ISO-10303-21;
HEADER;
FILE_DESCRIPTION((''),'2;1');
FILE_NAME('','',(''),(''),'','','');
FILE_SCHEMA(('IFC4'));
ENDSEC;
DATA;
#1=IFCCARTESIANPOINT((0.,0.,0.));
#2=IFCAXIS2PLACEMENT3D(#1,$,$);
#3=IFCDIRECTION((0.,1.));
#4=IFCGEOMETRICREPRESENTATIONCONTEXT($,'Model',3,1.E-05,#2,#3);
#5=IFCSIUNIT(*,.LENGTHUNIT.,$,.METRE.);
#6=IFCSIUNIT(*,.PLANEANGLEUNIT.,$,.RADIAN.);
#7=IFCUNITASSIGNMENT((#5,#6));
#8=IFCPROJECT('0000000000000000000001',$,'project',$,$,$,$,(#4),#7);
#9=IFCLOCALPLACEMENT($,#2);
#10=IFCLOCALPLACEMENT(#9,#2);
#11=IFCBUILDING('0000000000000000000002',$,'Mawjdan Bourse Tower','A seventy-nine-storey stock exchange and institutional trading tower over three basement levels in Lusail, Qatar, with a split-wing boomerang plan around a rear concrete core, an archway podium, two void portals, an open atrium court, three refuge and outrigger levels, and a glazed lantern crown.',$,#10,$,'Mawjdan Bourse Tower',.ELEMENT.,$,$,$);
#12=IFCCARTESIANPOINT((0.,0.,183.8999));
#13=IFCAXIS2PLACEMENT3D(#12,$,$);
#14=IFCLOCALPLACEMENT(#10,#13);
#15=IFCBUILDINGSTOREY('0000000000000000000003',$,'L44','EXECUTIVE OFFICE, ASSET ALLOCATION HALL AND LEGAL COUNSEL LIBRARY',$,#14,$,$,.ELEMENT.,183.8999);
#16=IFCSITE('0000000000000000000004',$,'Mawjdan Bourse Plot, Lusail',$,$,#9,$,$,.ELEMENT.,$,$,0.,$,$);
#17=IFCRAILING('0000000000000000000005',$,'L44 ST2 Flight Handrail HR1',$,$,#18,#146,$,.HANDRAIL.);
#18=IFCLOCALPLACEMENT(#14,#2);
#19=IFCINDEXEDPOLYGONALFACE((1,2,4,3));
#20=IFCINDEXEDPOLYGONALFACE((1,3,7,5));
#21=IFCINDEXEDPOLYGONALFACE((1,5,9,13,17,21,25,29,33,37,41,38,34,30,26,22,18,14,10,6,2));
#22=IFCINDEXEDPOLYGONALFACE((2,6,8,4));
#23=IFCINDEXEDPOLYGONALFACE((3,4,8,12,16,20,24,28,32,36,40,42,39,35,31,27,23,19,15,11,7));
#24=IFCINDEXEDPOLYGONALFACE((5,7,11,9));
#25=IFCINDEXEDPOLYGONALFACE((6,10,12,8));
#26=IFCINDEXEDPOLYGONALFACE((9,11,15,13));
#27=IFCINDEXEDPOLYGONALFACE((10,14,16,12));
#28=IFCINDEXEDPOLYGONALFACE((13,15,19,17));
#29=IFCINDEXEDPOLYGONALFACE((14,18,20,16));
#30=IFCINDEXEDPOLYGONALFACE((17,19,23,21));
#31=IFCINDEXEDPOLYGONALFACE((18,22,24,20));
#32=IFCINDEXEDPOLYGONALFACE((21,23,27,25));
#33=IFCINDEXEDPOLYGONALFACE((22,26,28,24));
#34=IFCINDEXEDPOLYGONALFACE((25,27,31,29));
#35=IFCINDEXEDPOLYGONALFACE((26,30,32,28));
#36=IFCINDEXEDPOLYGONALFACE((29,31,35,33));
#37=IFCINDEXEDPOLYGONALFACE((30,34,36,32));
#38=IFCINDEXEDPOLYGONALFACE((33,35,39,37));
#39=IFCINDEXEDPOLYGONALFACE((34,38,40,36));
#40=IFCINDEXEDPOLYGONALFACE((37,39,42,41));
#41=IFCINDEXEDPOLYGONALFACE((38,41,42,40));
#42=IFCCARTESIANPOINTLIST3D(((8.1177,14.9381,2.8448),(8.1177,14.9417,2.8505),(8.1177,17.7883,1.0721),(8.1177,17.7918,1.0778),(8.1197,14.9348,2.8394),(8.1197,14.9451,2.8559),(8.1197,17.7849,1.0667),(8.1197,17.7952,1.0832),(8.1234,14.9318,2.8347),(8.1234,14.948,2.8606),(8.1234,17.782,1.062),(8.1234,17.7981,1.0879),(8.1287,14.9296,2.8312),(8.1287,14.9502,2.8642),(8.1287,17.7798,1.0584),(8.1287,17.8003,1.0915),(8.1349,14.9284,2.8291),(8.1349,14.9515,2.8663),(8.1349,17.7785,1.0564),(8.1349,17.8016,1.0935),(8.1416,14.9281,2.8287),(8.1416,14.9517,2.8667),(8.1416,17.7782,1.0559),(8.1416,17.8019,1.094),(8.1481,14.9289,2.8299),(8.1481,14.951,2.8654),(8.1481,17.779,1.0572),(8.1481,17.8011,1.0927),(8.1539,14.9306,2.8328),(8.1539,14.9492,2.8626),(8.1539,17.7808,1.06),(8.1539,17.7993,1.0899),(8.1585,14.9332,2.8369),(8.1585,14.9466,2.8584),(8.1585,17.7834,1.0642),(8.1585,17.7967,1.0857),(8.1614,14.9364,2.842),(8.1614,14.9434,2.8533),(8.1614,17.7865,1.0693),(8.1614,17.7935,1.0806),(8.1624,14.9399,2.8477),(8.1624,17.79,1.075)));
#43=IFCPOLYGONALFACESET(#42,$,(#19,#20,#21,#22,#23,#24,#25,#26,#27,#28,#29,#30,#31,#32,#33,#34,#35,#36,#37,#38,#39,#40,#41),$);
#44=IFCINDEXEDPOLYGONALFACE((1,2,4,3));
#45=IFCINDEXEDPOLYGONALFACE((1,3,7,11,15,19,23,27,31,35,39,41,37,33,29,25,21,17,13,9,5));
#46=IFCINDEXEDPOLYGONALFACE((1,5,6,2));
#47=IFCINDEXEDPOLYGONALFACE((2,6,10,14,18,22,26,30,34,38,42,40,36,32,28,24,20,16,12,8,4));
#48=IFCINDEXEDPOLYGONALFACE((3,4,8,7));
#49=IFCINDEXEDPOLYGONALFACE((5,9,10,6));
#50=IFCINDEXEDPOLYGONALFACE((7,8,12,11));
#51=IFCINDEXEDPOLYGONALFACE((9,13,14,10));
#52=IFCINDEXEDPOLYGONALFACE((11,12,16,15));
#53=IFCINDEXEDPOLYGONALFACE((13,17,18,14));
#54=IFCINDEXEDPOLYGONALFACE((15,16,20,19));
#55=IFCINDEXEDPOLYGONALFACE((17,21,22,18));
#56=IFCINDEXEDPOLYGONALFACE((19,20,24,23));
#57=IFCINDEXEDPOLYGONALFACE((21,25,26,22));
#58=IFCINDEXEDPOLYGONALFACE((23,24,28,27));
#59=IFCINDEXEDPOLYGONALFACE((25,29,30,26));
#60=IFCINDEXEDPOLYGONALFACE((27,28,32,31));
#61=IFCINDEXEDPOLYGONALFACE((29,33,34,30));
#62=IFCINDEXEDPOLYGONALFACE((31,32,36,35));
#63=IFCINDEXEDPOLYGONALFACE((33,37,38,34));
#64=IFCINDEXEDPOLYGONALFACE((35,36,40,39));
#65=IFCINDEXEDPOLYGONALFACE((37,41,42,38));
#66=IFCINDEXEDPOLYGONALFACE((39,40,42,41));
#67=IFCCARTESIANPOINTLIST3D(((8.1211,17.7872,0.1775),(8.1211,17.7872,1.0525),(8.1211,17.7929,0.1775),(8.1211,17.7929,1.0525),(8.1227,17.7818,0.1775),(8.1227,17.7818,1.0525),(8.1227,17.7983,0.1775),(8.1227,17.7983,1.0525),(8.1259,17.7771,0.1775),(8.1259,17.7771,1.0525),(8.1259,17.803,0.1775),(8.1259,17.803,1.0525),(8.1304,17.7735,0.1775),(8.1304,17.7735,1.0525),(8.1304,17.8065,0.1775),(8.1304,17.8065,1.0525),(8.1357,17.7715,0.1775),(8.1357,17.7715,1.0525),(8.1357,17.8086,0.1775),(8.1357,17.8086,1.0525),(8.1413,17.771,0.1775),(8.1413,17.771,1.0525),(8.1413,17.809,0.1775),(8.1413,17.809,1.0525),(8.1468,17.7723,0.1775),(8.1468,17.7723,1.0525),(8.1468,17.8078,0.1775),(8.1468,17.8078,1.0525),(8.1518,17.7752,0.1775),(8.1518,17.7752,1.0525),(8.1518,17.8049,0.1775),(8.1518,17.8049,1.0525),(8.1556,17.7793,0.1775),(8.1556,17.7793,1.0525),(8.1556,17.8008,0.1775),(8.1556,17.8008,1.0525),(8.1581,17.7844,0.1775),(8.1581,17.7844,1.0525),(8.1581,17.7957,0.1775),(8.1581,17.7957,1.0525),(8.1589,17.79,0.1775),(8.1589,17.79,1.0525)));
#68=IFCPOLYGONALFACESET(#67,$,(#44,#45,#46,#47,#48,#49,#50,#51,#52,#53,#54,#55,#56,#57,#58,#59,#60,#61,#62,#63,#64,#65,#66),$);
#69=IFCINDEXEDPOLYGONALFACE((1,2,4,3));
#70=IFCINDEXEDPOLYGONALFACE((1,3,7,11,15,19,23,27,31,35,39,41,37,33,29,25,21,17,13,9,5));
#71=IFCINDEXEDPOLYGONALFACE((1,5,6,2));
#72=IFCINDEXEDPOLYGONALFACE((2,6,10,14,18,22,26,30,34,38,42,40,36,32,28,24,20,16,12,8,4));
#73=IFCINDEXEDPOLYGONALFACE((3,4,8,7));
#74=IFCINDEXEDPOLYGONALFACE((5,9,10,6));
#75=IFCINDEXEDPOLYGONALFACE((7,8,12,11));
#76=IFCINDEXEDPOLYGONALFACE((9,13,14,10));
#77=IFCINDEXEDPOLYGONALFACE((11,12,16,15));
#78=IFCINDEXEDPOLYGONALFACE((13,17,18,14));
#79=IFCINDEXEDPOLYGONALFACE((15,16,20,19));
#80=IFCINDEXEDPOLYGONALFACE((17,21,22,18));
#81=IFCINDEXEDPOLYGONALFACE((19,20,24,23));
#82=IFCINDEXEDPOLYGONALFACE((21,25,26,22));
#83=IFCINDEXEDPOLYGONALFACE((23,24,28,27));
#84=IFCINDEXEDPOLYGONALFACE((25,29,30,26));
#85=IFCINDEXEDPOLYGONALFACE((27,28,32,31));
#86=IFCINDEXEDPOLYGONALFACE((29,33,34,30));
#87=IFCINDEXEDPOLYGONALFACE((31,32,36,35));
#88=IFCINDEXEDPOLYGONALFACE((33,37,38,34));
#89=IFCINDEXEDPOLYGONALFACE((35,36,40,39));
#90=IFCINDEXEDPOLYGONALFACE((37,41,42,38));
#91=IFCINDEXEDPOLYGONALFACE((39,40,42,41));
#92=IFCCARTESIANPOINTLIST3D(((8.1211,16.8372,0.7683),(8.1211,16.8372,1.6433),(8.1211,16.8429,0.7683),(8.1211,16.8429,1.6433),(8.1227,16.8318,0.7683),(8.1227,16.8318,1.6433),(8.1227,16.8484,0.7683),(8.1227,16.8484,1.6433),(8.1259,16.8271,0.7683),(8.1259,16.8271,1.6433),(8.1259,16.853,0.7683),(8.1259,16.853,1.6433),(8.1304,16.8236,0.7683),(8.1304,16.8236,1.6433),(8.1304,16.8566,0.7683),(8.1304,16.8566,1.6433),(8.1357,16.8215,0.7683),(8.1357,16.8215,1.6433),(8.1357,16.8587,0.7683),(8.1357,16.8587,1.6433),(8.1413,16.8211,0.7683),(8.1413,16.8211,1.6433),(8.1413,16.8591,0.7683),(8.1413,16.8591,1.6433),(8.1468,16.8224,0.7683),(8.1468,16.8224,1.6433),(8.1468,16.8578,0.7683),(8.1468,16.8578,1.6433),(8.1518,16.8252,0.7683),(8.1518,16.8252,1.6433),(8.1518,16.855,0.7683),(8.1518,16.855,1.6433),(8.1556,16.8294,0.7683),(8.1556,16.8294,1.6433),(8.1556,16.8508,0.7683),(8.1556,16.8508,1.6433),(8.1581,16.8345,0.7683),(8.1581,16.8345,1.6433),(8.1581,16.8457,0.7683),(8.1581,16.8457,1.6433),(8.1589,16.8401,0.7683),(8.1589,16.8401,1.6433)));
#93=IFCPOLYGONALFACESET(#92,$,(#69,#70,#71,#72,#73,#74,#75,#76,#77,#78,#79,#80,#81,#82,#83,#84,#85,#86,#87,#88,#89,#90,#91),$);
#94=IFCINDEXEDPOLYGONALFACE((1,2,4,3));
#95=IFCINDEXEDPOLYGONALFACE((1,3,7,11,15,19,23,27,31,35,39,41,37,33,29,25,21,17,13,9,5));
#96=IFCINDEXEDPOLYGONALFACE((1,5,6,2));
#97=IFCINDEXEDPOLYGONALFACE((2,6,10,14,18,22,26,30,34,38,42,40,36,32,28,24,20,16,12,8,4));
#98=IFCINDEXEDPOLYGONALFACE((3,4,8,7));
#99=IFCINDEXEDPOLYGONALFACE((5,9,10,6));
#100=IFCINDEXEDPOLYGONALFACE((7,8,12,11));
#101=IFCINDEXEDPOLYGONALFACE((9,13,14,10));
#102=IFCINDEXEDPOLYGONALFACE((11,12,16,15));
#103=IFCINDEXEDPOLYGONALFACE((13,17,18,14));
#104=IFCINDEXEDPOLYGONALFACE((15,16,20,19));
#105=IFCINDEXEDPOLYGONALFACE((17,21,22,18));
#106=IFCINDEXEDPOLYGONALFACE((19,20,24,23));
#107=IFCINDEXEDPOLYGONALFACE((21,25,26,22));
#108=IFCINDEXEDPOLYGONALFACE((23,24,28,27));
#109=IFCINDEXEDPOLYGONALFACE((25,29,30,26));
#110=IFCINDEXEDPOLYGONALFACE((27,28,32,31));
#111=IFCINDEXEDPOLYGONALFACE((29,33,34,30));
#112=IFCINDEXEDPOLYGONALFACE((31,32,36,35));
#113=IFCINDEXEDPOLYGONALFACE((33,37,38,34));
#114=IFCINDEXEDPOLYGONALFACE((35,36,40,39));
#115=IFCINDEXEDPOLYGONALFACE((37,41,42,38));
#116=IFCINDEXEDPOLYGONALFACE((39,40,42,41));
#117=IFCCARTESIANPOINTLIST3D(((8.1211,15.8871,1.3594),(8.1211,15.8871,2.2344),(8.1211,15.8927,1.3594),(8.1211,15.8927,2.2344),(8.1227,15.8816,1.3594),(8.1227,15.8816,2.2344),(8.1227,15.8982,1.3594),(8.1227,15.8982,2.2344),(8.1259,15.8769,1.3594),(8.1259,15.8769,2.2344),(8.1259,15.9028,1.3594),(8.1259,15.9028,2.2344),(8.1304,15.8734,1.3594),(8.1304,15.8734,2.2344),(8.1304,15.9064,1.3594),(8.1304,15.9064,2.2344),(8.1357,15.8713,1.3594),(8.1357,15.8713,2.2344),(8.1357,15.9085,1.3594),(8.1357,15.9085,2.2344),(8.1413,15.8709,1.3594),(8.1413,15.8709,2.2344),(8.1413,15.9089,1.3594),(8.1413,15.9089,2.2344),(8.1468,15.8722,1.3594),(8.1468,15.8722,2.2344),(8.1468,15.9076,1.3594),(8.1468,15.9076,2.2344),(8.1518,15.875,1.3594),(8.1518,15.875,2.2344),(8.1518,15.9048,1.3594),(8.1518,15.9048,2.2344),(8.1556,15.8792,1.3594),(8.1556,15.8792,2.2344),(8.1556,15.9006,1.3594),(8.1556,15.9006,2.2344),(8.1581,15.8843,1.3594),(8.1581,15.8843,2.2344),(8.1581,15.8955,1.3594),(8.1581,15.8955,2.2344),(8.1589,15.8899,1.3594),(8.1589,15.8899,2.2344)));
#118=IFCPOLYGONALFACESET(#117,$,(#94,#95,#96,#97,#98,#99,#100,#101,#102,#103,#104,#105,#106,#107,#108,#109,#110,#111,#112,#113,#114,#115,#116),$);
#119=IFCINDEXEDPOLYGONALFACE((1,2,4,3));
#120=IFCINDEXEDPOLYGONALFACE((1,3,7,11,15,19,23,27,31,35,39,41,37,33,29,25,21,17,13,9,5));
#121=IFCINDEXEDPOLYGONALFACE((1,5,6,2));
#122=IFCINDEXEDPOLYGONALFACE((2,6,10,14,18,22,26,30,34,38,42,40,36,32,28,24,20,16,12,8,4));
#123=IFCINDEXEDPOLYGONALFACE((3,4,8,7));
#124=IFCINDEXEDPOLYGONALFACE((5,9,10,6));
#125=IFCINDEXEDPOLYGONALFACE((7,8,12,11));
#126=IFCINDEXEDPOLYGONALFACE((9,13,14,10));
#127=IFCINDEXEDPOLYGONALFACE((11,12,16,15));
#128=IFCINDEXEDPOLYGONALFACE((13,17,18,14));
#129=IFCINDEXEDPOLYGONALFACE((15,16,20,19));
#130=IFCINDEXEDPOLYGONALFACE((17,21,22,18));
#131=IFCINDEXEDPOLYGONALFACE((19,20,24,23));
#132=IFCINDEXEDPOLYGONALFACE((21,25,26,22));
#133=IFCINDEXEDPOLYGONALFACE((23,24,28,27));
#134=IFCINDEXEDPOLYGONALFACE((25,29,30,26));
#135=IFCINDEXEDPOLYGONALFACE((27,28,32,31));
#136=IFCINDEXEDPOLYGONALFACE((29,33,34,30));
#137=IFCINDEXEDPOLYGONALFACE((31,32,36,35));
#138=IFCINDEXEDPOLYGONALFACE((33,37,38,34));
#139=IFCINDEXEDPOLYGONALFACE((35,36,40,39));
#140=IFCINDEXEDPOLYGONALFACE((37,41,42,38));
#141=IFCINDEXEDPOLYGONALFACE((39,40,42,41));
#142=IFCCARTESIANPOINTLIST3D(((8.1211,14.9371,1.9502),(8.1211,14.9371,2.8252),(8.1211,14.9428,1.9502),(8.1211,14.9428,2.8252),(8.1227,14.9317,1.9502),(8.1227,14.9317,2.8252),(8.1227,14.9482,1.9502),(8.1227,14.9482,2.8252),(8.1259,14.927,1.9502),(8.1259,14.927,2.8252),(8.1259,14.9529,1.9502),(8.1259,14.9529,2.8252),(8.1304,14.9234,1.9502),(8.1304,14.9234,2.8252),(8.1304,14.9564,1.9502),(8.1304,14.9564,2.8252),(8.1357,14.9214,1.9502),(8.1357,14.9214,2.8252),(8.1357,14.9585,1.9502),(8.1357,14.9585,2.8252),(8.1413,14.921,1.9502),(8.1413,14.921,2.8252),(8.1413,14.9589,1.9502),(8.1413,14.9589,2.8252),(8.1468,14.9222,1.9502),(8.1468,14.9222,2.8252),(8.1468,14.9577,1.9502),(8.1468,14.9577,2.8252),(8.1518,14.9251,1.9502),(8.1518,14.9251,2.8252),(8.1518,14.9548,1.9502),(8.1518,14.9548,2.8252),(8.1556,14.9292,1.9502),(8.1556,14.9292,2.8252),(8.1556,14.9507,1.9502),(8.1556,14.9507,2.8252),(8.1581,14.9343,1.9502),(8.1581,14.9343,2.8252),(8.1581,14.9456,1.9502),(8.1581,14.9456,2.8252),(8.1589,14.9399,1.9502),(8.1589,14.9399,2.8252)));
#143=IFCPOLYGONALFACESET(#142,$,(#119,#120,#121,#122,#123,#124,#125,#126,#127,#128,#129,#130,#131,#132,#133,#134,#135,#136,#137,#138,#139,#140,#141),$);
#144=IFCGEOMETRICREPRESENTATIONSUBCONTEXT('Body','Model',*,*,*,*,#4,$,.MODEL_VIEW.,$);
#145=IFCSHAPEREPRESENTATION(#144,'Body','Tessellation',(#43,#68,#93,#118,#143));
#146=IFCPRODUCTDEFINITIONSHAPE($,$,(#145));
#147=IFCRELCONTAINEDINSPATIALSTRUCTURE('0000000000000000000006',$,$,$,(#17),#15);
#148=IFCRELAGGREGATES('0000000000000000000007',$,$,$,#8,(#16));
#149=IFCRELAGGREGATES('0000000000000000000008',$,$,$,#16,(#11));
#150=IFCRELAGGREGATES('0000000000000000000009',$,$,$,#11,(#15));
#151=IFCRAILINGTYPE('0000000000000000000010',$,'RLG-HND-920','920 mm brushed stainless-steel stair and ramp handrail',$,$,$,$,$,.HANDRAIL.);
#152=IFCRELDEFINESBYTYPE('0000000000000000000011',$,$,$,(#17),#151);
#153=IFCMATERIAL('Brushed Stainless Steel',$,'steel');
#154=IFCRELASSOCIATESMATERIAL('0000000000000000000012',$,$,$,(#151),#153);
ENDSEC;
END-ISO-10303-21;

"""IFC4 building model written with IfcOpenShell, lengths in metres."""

from ifc_helpers import new_model, si_unit, direction, frame, origin, origin_2d, place, context, subcontext, project, spatial, circle, extrude, material, type_object, element, save


model = new_model("IFC4")

# Units and contexts
model_context = context("Model", 3, precision=1e-05, world=origin(), true_north=direction((0.0, 1.0)))
body_context = subcontext(model_context, "Body", "Model", "MODEL_VIEW")
ifc_project = project(units=[si_unit("LENGTHUNIT", "METRE"), si_unit("PLANEANGLEUNIT", "RADIAN")], contexts=[model_context])

# Site, building, storey
site_placement = place(None, origin())
site = spatial("IfcSite", under=ifc_project, at=site_placement, Name="Mawjdan Bourse Plot, Lusail", CompositionType="ELEMENT", RefElevation=0.0)
building_placement = place(site_placement, origin())
building = spatial("IfcBuilding", under=site, at=building_placement, Name="Mawjdan Bourse Tower", Description="A seventy-nine-storey stock exchange and institutional trading tower over three basement levels in Lusail, Qatar, with a split-wing boomerang plan around a rear concrete core, an archway podium, two void portals, an open atrium court, three refuge and outrigger levels, and a glazed lantern crown.", LongName="Mawjdan Bourse Tower", CompositionType="ELEMENT")
storey_placement = place(building_placement, frame((0.0, 0.0, 183.8999)))
storey = spatial("IfcBuildingStorey", under=building, at=storey_placement, Name="L44", Description="EXECUTIVE OFFICE, ASSET ALLOCATION HALL AND LEGAL COUNSEL LIBRARY", CompositionType="ELEMENT", Elevation=183.8999)

# Shared definitions
ifc_material_1 = material(Name="Brushed Stainless Steel", Category="steel")

# Railing
railing_type_1 = type_object("IfcRailingType", Name="RLG-HND-920", Description="920 mm brushed stainless-steel stair and ramp handrail", PredefinedType="HANDRAIL", material=ifc_material_1)
for number, where, name in (
    (1, (8.1399, 17.79, 0.1775), "L44 ST2 Flight Handrail HR1"),
):
    element("IfcRailing", number, at=place(storey_placement, frame(where)), inside=storey, type_object=railing_type_1, Name=name, PredefinedType="HANDRAIL", context=body_context, shape_type="SweptSolid", body=[
        extrude(circle(Radius=0.0225, at=origin_2d()), frame((0.0, 0.0, 0.8975), z_axis=(0.0, -0.849149, 0.528154), x_axis=(1.0, 0.0, 0.0)), (0.0, 0.0, 1.0), 3.3564),
        extrude(circle(Radius=0.019, at=origin_2d()), origin(), (0.0, 0.0, 1.0), 0.875),
        extrude(circle(Radius=0.019, at=origin_2d()), frame((0.0, -0.95, 0.5908)), (0.0, 0.0, 1.0), 0.875),
        extrude(circle(Radius=0.019, at=origin_2d()), frame((0.0, -1.9001, 1.1819)), (0.0, 0.0, 1.0), 0.875),
        extrude(circle(Radius=0.019, at=origin_2d()), frame((0.0, -2.8501, 1.7727)), (0.0, 0.0, 1.0), 0.875),
    ])

save(model, "model.ifc")
